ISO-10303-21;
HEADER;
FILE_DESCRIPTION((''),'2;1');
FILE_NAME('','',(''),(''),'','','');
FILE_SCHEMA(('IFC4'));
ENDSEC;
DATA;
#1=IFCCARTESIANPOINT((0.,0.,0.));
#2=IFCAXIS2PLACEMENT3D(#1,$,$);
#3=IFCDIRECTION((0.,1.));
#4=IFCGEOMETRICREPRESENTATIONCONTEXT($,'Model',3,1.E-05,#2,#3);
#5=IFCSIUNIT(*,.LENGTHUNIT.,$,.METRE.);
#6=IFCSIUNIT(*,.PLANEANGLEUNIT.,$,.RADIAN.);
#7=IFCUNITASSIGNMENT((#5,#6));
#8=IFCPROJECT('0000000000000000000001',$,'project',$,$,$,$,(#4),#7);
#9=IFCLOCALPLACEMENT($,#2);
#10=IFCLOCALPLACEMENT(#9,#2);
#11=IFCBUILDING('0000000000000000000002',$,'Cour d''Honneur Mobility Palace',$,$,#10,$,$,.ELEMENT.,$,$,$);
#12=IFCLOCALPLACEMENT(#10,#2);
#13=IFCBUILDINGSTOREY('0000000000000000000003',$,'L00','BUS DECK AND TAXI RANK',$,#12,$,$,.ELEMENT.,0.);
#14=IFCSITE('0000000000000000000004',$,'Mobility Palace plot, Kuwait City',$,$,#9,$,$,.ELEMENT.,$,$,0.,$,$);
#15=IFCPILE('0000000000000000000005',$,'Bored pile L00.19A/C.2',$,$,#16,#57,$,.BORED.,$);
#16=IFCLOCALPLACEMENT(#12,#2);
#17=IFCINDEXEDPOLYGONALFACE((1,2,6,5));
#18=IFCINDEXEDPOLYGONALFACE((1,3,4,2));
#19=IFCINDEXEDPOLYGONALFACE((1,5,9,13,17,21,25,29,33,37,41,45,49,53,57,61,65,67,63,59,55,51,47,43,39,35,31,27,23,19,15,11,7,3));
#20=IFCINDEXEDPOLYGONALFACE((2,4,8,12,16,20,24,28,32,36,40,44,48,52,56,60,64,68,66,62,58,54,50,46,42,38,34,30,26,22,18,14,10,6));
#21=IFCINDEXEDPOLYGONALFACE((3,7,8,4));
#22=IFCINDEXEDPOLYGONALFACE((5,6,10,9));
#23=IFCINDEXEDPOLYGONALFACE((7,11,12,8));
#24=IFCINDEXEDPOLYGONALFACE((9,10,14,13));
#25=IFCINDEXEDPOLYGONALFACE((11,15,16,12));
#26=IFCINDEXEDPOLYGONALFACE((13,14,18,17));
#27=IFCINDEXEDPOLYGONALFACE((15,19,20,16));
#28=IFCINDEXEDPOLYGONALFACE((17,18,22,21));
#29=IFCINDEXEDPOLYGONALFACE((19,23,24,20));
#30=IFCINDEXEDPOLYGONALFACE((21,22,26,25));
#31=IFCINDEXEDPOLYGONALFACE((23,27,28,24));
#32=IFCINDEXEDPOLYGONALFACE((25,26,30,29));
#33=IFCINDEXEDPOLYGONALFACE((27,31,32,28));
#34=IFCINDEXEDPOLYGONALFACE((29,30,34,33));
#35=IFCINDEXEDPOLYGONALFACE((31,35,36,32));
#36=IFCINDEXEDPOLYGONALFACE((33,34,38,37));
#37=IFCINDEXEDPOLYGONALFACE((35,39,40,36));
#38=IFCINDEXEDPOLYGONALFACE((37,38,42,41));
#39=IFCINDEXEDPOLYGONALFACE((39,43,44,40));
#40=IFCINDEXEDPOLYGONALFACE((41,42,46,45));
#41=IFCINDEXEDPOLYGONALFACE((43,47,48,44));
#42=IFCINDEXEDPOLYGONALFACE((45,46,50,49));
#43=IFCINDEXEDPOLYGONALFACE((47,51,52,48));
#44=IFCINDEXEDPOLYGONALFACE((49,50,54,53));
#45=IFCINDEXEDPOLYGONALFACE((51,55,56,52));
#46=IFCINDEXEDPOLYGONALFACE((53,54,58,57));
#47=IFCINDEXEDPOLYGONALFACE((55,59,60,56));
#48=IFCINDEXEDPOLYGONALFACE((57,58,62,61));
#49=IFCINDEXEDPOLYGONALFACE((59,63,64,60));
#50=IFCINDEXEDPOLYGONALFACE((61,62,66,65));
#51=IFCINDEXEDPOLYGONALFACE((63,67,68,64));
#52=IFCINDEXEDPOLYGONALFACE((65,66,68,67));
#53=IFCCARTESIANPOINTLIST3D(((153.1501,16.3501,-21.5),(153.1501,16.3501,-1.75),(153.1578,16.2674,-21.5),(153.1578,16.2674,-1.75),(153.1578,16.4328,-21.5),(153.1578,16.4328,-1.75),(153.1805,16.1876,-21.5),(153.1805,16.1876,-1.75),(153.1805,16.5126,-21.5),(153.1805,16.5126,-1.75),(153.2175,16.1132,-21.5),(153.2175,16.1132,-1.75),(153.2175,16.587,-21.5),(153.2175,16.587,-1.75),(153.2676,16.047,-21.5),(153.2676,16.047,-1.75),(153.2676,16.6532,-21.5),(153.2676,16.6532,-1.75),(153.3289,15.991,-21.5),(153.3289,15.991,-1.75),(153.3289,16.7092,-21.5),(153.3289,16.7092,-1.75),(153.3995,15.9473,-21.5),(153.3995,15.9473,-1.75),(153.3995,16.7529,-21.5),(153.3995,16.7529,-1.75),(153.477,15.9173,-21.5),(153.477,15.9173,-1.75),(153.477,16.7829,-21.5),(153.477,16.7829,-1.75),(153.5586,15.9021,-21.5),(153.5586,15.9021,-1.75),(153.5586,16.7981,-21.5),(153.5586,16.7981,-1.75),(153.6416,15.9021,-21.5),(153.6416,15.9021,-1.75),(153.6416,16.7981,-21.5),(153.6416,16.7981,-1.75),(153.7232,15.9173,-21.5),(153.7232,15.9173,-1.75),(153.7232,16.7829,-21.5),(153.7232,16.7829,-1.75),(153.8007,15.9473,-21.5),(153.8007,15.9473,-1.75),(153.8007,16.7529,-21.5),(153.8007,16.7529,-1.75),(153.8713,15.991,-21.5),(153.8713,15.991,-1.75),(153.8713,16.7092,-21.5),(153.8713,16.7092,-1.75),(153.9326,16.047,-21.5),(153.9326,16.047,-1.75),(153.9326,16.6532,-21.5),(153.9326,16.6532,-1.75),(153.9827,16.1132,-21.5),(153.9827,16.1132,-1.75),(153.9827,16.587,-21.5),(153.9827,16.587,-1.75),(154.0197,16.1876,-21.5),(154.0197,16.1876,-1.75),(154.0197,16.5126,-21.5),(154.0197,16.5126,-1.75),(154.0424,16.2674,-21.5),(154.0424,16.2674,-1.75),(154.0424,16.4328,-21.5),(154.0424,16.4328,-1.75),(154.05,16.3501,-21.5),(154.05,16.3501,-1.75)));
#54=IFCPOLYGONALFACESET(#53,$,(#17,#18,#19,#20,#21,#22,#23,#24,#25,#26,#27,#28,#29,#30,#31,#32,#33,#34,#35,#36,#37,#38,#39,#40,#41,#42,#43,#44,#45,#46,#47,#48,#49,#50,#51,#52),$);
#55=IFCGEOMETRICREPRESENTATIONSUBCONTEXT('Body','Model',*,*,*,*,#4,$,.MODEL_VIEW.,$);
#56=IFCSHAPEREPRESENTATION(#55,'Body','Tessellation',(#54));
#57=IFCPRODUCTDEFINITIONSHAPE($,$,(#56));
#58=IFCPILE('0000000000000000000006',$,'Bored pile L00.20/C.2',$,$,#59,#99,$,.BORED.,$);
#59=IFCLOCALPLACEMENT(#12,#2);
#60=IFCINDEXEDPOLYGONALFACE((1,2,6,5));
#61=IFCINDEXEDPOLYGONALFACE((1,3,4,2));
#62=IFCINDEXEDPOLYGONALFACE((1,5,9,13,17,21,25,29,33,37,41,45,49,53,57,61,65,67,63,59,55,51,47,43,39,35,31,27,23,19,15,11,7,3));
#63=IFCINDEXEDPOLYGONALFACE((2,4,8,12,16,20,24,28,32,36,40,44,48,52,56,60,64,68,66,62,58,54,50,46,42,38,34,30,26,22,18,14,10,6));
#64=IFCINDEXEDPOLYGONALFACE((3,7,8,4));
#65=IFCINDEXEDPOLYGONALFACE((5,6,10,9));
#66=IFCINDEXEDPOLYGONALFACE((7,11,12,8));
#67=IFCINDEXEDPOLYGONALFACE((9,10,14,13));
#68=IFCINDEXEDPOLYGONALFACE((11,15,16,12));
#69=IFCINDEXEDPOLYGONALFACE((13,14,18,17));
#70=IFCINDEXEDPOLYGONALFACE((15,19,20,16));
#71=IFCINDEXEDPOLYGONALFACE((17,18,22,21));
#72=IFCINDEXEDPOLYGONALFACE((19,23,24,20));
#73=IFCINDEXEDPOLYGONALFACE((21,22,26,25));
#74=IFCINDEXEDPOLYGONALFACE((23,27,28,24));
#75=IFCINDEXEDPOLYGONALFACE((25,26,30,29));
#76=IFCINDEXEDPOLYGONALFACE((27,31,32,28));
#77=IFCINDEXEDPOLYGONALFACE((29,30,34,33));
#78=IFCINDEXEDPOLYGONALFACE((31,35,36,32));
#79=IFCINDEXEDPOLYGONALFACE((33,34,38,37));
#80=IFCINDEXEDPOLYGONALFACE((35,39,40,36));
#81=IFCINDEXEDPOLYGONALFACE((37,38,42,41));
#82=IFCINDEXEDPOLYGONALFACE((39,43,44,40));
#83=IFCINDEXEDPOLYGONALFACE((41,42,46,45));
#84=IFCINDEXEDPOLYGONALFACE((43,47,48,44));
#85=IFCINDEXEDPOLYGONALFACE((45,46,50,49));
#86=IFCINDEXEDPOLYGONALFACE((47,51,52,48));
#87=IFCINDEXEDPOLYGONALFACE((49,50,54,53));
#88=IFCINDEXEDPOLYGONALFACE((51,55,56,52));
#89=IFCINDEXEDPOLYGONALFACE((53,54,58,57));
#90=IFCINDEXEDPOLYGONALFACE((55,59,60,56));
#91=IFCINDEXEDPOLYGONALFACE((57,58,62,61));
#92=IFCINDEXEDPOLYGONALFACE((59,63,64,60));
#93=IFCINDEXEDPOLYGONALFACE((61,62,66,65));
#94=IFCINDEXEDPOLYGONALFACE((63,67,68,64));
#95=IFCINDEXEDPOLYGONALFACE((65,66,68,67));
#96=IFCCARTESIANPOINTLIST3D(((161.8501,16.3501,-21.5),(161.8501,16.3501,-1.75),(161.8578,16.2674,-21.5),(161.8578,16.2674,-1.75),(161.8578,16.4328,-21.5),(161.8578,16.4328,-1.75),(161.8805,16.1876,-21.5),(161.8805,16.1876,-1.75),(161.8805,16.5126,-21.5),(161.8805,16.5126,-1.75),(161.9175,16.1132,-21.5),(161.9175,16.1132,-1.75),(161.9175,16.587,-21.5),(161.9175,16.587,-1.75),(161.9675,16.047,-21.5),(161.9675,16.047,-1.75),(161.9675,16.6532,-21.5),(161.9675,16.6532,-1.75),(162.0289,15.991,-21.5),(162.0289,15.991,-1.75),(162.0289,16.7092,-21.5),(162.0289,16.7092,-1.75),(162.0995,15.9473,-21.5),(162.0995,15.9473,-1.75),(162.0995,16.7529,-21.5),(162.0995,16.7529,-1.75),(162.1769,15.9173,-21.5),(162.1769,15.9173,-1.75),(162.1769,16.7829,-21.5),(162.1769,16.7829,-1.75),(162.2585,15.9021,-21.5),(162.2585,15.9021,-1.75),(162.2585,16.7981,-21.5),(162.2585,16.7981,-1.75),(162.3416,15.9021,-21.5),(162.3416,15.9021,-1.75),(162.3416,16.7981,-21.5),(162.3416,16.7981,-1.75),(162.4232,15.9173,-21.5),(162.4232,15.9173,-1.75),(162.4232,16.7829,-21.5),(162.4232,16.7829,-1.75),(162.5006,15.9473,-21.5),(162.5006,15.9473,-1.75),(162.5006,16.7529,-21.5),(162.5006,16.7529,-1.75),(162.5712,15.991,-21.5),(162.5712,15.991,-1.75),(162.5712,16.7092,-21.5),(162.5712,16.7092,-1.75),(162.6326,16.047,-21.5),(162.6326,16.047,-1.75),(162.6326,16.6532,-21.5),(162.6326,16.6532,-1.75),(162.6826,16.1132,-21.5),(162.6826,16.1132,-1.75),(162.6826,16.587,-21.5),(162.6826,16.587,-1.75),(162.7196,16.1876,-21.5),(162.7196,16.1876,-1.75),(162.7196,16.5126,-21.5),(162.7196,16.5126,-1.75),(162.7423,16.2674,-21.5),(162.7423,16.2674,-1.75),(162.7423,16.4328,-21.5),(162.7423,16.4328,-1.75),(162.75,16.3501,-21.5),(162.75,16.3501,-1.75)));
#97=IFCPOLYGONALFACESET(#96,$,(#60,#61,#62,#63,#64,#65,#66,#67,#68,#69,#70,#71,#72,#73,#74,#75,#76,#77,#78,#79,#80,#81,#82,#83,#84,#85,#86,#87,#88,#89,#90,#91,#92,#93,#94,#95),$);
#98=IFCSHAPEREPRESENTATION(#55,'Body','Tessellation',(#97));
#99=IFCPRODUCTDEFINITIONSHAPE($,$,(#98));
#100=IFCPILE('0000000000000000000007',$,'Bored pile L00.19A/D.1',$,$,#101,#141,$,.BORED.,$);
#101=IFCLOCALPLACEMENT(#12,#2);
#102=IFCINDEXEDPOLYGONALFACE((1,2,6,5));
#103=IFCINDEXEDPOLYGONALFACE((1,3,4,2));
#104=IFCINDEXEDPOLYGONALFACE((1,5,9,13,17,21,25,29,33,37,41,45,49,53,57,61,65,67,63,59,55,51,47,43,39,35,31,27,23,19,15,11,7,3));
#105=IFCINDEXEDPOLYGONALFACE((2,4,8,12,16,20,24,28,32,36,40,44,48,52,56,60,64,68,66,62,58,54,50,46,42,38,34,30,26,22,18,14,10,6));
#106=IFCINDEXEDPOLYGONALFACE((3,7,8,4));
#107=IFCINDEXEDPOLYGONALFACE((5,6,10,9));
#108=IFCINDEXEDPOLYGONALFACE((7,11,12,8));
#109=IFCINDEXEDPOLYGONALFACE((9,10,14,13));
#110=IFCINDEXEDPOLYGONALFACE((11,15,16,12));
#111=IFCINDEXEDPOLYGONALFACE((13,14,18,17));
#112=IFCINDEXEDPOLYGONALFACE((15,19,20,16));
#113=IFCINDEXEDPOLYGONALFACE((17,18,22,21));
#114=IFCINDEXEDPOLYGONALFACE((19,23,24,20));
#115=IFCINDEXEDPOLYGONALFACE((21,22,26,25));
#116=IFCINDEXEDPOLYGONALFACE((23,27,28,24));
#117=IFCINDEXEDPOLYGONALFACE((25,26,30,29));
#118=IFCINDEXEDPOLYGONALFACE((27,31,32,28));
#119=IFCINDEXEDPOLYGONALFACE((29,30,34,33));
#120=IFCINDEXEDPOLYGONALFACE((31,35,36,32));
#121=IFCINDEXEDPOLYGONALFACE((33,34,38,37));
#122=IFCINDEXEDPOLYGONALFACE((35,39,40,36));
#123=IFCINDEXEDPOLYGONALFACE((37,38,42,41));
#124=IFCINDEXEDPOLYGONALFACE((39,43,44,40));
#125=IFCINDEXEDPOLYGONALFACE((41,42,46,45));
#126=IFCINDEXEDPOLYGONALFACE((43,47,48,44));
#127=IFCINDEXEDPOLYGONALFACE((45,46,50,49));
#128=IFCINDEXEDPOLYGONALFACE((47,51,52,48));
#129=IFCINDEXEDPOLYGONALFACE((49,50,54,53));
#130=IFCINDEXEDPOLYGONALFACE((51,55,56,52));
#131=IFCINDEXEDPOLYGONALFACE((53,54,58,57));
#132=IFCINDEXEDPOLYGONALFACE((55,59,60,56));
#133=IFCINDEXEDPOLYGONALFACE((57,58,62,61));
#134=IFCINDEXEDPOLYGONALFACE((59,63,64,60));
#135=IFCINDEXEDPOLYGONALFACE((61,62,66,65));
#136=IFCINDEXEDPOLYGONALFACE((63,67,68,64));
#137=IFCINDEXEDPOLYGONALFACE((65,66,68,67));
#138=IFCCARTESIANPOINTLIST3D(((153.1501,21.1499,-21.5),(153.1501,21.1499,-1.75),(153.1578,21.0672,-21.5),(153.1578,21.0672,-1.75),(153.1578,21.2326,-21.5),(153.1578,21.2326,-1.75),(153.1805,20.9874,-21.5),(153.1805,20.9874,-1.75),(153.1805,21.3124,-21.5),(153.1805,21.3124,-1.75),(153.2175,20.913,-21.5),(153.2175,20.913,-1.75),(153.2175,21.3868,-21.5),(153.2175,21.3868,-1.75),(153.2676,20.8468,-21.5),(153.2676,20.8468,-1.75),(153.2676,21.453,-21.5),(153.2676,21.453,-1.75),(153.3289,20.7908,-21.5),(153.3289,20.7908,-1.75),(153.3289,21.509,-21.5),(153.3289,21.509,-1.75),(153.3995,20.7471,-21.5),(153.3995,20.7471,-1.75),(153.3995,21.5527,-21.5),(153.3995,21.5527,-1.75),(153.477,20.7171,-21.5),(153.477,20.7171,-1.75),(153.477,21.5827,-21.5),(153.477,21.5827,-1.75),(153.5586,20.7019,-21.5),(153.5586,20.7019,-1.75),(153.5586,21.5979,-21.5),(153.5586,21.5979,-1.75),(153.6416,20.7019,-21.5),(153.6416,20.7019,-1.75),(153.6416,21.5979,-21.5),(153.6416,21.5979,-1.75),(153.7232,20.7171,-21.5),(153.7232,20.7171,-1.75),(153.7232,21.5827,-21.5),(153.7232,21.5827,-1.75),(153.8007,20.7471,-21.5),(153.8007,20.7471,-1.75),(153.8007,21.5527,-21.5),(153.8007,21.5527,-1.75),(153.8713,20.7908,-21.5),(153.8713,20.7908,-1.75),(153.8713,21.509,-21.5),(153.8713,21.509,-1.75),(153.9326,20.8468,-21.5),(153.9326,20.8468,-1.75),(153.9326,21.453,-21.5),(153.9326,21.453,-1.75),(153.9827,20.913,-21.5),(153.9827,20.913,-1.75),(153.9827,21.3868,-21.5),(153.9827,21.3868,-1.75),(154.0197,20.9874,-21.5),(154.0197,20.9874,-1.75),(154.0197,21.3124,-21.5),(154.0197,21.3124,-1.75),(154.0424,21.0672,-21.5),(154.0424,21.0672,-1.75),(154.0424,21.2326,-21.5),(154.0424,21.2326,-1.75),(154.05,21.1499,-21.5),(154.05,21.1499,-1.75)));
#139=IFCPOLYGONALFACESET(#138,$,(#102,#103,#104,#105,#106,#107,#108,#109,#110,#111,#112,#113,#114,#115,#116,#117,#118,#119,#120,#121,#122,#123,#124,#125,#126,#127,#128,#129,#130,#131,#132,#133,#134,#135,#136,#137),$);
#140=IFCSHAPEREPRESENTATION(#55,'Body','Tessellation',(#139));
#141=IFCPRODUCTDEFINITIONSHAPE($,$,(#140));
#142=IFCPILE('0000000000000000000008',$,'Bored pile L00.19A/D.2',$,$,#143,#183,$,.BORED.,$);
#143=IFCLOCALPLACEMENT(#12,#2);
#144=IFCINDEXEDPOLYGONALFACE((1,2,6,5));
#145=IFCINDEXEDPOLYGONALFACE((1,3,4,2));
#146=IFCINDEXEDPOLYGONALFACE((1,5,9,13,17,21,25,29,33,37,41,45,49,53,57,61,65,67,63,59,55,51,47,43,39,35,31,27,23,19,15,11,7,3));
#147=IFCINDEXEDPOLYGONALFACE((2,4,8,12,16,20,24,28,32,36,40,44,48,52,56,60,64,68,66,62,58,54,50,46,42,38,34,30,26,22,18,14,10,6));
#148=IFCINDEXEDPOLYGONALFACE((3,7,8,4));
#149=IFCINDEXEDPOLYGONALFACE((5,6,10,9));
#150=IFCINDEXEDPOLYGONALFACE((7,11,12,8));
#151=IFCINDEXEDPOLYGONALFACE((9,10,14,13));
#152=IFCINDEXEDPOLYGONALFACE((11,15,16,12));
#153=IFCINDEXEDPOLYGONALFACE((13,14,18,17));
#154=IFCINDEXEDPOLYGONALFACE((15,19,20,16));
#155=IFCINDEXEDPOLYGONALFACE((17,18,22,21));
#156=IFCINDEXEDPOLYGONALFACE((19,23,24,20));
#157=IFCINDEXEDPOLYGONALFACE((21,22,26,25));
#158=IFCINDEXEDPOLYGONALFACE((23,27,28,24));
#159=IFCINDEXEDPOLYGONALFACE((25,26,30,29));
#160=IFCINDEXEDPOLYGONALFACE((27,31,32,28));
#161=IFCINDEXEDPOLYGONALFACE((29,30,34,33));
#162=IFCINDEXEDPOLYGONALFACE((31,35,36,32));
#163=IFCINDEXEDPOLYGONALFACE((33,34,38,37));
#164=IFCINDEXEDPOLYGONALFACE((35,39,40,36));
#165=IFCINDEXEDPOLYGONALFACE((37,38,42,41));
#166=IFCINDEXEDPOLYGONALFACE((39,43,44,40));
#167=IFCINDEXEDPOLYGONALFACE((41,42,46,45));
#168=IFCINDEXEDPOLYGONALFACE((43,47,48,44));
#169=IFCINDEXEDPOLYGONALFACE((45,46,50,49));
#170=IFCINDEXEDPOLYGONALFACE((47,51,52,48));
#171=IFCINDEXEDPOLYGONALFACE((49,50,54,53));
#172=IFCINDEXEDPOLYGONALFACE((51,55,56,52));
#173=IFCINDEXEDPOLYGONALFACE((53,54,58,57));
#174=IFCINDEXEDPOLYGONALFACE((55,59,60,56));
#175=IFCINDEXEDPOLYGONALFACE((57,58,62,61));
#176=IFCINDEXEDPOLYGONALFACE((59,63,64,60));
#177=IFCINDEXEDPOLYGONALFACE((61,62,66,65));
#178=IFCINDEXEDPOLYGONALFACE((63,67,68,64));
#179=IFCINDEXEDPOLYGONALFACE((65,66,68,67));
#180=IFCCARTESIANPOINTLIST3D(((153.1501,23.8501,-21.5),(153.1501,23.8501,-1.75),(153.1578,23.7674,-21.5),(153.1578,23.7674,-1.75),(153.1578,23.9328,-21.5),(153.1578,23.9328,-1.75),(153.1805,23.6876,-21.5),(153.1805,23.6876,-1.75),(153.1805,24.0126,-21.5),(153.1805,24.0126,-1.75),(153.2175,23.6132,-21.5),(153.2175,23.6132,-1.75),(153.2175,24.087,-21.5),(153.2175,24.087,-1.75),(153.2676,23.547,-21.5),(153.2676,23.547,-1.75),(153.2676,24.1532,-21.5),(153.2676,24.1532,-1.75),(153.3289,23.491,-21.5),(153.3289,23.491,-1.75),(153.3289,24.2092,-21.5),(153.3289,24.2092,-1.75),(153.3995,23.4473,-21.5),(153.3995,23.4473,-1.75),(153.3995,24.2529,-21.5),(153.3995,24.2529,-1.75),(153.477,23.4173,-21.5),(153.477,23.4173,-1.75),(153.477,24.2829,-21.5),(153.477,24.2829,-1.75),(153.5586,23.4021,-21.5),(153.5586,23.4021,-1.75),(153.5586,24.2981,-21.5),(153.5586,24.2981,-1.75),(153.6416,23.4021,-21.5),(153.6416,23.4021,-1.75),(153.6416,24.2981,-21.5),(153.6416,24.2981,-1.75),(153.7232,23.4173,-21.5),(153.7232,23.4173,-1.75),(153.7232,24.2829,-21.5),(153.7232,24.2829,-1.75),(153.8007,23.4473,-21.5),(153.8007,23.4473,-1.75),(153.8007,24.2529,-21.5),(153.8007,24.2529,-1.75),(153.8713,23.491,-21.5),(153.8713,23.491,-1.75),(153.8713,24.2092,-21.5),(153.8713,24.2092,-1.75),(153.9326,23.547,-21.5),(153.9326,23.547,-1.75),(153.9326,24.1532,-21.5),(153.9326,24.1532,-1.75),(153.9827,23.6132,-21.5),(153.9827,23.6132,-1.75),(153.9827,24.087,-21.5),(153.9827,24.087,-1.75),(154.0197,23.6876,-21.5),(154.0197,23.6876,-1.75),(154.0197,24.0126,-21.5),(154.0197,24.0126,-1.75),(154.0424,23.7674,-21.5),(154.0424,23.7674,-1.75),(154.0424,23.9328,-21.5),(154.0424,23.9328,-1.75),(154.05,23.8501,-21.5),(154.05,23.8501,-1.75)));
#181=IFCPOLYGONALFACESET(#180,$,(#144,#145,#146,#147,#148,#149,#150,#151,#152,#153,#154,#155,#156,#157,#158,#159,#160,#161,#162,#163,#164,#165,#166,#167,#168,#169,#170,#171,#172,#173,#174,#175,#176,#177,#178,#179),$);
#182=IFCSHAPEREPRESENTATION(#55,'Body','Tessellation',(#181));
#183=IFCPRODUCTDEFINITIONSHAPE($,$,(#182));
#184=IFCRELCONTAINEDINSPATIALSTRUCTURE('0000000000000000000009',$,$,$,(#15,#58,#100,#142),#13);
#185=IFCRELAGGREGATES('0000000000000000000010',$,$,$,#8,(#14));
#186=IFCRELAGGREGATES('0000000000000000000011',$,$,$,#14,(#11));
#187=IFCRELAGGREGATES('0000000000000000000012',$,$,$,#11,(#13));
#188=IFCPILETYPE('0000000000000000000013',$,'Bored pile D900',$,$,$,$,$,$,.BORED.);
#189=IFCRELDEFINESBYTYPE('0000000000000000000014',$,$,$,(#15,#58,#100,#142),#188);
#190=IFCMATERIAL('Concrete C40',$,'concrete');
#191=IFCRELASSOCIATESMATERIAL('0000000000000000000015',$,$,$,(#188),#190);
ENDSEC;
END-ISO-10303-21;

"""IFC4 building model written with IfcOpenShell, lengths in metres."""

from ifc_helpers import new_model, si_unit, direction, frame, origin, origin_2d, place, context, subcontext, project, spatial, circle, extrude, material, material_profile, profile_set, type_object, element, save


model = new_model("IFC4")

# Units and contexts
model_context = context("Model", 3, precision=1e-05, world=origin(), true_north=direction((0.0, 1.0)))
body_context = subcontext(model_context, "Body", "Model", "MODEL_VIEW")
ifc_project = project(units=[si_unit("LENGTHUNIT", "METRE"), si_unit("PLANEANGLEUNIT", "RADIAN")], contexts=[model_context])

# Site, building, storey
site_placement = place(None, origin())
site = spatial("IfcSite", under=ifc_project, at=site_placement, Name="Mobility Palace plot, Kuwait City", CompositionType="ELEMENT", RefElevation=0.0)
building_placement = place(site_placement, origin())
building = spatial("IfcBuilding", under=site, at=building_placement, Name="Cour d'Honneur Mobility Palace", CompositionType="ELEMENT")
storey_placement = place(building_placement, origin())
storey = spatial("IfcBuildingStorey", under=building, at=storey_placement, Name="L00", Description="BUS DECK AND TAXI RANK", CompositionType="ELEMENT", Elevation=0.0)

# Piles
ifc_material_1 = material(Name="Concrete C40", Category="concrete")
ifc_material_profile_1 = material_profile(ifc_material_1, circle(Radius=0.45, at=origin_2d()), Name="Bored pile D900")
ifc_profile_set_1 = profile_set([ifc_material_profile_1], Name="Concrete C40")
pile_type = type_object("IfcPileType", Name="Bored pile D900", PredefinedType="BORED", material=ifc_profile_set_1)
for number, where, z_axis, x_axis, name in (
    (1, (153.6001, 16.3501, -1.75), (0.0, 0.0, -1.0), (1.0, 0.0, 0.0), "Bored pile L00.19A/C.2"),
    (2, (162.3, 16.3501, -1.75), (0.0, 0.0, -1.0), (1.0, 0.0, 0.0), "Bored pile L00.20/C.2"),
    (3, (153.6001, 21.1499, -1.75), (0.0, 0.0, -1.0), (1.0, 0.0, 0.0), "Bored pile L00.19A/D.1"),
    (4, (153.6001, 23.8501, -1.75), (0.0, 0.0, -1.0), (1.0, 0.0, 0.0), "Bored pile L00.19A/D.2"),
):
    element("IfcPile", number, at=place(storey_placement, frame(where, z_axis=z_axis, x_axis=x_axis)), inside=storey, type_object=pile_type, Name=name, PredefinedType="BORED", context=body_context, shape_type="SweptSolid", body=[
        extrude(circle(Radius=0.45, at=origin_2d()), origin(), (0.0, 0.0, 1.0), 19.75),
    ])

save(model, "model.ifc")
